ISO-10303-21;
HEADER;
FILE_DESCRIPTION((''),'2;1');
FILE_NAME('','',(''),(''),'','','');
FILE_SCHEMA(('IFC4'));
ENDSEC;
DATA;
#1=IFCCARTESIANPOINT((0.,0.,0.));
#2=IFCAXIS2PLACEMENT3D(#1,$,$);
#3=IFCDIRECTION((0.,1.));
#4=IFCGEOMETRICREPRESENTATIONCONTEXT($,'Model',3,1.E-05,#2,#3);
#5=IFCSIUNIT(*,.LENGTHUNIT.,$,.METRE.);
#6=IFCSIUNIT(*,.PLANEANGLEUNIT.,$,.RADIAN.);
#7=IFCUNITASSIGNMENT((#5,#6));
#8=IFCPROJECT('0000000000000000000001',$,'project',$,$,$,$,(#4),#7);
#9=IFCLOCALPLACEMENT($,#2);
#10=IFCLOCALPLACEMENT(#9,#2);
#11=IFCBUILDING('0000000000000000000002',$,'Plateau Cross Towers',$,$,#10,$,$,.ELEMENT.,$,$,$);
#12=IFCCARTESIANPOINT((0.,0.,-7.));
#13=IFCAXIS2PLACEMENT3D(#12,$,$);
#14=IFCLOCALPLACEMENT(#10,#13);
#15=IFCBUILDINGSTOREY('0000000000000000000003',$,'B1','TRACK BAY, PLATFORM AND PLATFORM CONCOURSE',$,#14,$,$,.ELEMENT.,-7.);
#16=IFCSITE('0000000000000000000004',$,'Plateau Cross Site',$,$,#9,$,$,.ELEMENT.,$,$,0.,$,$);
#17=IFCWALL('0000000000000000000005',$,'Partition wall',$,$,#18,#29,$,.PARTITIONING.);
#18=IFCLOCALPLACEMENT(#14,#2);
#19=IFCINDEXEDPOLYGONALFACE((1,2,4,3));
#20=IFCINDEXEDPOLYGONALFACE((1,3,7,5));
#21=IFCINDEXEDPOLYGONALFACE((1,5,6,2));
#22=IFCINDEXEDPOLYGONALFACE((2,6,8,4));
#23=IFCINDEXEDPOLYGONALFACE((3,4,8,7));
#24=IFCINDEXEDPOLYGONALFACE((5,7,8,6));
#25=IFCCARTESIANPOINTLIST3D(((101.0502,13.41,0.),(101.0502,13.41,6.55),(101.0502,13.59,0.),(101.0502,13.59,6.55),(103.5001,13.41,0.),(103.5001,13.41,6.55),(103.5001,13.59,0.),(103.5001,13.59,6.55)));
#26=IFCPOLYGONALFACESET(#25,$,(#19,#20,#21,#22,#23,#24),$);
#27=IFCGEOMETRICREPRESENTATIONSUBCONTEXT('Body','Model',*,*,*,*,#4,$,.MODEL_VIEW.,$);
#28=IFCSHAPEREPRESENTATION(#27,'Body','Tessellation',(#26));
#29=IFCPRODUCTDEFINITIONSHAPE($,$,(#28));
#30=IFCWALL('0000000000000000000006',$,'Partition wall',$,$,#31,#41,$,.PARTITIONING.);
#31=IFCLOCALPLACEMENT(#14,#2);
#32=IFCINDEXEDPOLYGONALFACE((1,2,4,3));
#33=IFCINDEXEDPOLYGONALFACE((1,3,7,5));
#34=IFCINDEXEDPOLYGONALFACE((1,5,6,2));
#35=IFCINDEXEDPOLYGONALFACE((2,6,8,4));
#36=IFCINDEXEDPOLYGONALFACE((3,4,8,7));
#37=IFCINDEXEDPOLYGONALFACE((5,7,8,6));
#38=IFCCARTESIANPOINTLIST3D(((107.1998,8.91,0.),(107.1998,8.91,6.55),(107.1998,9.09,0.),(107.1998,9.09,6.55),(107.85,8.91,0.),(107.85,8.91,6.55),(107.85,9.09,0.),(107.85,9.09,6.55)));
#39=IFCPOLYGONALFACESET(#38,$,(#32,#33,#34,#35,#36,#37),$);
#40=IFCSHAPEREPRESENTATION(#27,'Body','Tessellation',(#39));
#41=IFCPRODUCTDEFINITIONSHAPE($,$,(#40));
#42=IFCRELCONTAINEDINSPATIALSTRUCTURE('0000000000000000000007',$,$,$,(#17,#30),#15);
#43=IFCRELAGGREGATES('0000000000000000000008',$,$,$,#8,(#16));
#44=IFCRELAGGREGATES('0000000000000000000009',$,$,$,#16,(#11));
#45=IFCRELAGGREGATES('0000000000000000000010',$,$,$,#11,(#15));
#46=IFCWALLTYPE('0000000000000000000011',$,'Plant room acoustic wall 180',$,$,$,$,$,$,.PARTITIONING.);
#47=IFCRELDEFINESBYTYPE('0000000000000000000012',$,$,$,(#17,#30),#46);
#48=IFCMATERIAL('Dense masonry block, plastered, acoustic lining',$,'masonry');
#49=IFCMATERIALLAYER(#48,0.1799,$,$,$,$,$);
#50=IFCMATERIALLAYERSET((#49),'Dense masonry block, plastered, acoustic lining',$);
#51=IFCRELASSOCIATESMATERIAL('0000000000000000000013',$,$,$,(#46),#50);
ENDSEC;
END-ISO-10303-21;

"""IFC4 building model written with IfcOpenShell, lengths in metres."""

from ifc_helpers import new_model, si_unit, direction, frame, frame_2d, origin, place, context, subcontext, project, spatial, rectangle, extrude, material, layer, layer_set, type_object, element, save


model = new_model("IFC4")

# Units and contexts
model_context = context("Model", 3, precision=1e-05, world=origin(), true_north=direction((0.0, 1.0)))
body_context = subcontext(model_context, "Body", "Model", "MODEL_VIEW")
ifc_project = project(units=[si_unit("LENGTHUNIT", "METRE"), si_unit("PLANEANGLEUNIT", "RADIAN")], contexts=[model_context])

# Site, building, storey
site_placement = place(None, origin())
site = spatial("IfcSite", under=ifc_project, at=site_placement, Name="Plateau Cross Site", CompositionType="ELEMENT", RefElevation=0.0)
building_placement = place(site_placement, origin())
building = spatial("IfcBuilding", under=site, at=building_placement, Name="Plateau Cross Towers", CompositionType="ELEMENT")
storey_placement = place(building_placement, frame((0.0, 0.0, -7.0)))
storey = spatial("IfcBuildingStorey", under=building, at=storey_placement, Name="B1", Description="TRACK BAY, PLATFORM AND PLATFORM CONCOURSE", CompositionType="ELEMENT", Elevation=-7.0)

# Shared definitions
ifc_material_1 = material(Name="Dense masonry block, plastered, acoustic lining", Category="masonry")
ifc_layer = layer(ifc_material_1, 0.1799)
ifc_layer_set = layer_set([ifc_layer], Name="Dense masonry block, plastered, acoustic lining")
wall_type = type_object("IfcWallType", Name="Plant room acoustic wall 180", PredefinedType="PARTITIONING", material=ifc_layer_set)

# Walls
wall_1_placement = place(storey_placement, frame((101.05, 13.5, 0.0), z_axis=(0.0, 0.0, 1.0), x_axis=(1.0, 0.0, 0.0)))
element("IfcWall", 1, at=wall_1_placement, inside=storey, type_object=wall_type, Name="Partition wall", PredefinedType="PARTITIONING", context=body_context, shape_type="SweptSolid", body=[
    extrude(rectangle(XDim=2.45, YDim=0.1799, at=frame_2d((1.2251, 0.0))), origin(), (0.0, 0.0, 1.0), 6.55),
])
wall_2_placement = place(storey_placement, frame((107.8501, 9.0, 0.0), z_axis=(0.0, 0.0, 1.0), x_axis=(-1.0, 0.0, 0.0)))
element("IfcWall", 2, at=wall_2_placement, inside=storey, type_object=wall_type, Name="Partition wall", PredefinedType="PARTITIONING", context=body_context, shape_type="SweptSolid", body=[
    extrude(rectangle(XDim=0.6501, YDim=0.1799, at=frame_2d((0.3252, 0.0))), origin(), (0.0, 0.0, 1.0), 6.55),
])

save(model, "model.ifc")
